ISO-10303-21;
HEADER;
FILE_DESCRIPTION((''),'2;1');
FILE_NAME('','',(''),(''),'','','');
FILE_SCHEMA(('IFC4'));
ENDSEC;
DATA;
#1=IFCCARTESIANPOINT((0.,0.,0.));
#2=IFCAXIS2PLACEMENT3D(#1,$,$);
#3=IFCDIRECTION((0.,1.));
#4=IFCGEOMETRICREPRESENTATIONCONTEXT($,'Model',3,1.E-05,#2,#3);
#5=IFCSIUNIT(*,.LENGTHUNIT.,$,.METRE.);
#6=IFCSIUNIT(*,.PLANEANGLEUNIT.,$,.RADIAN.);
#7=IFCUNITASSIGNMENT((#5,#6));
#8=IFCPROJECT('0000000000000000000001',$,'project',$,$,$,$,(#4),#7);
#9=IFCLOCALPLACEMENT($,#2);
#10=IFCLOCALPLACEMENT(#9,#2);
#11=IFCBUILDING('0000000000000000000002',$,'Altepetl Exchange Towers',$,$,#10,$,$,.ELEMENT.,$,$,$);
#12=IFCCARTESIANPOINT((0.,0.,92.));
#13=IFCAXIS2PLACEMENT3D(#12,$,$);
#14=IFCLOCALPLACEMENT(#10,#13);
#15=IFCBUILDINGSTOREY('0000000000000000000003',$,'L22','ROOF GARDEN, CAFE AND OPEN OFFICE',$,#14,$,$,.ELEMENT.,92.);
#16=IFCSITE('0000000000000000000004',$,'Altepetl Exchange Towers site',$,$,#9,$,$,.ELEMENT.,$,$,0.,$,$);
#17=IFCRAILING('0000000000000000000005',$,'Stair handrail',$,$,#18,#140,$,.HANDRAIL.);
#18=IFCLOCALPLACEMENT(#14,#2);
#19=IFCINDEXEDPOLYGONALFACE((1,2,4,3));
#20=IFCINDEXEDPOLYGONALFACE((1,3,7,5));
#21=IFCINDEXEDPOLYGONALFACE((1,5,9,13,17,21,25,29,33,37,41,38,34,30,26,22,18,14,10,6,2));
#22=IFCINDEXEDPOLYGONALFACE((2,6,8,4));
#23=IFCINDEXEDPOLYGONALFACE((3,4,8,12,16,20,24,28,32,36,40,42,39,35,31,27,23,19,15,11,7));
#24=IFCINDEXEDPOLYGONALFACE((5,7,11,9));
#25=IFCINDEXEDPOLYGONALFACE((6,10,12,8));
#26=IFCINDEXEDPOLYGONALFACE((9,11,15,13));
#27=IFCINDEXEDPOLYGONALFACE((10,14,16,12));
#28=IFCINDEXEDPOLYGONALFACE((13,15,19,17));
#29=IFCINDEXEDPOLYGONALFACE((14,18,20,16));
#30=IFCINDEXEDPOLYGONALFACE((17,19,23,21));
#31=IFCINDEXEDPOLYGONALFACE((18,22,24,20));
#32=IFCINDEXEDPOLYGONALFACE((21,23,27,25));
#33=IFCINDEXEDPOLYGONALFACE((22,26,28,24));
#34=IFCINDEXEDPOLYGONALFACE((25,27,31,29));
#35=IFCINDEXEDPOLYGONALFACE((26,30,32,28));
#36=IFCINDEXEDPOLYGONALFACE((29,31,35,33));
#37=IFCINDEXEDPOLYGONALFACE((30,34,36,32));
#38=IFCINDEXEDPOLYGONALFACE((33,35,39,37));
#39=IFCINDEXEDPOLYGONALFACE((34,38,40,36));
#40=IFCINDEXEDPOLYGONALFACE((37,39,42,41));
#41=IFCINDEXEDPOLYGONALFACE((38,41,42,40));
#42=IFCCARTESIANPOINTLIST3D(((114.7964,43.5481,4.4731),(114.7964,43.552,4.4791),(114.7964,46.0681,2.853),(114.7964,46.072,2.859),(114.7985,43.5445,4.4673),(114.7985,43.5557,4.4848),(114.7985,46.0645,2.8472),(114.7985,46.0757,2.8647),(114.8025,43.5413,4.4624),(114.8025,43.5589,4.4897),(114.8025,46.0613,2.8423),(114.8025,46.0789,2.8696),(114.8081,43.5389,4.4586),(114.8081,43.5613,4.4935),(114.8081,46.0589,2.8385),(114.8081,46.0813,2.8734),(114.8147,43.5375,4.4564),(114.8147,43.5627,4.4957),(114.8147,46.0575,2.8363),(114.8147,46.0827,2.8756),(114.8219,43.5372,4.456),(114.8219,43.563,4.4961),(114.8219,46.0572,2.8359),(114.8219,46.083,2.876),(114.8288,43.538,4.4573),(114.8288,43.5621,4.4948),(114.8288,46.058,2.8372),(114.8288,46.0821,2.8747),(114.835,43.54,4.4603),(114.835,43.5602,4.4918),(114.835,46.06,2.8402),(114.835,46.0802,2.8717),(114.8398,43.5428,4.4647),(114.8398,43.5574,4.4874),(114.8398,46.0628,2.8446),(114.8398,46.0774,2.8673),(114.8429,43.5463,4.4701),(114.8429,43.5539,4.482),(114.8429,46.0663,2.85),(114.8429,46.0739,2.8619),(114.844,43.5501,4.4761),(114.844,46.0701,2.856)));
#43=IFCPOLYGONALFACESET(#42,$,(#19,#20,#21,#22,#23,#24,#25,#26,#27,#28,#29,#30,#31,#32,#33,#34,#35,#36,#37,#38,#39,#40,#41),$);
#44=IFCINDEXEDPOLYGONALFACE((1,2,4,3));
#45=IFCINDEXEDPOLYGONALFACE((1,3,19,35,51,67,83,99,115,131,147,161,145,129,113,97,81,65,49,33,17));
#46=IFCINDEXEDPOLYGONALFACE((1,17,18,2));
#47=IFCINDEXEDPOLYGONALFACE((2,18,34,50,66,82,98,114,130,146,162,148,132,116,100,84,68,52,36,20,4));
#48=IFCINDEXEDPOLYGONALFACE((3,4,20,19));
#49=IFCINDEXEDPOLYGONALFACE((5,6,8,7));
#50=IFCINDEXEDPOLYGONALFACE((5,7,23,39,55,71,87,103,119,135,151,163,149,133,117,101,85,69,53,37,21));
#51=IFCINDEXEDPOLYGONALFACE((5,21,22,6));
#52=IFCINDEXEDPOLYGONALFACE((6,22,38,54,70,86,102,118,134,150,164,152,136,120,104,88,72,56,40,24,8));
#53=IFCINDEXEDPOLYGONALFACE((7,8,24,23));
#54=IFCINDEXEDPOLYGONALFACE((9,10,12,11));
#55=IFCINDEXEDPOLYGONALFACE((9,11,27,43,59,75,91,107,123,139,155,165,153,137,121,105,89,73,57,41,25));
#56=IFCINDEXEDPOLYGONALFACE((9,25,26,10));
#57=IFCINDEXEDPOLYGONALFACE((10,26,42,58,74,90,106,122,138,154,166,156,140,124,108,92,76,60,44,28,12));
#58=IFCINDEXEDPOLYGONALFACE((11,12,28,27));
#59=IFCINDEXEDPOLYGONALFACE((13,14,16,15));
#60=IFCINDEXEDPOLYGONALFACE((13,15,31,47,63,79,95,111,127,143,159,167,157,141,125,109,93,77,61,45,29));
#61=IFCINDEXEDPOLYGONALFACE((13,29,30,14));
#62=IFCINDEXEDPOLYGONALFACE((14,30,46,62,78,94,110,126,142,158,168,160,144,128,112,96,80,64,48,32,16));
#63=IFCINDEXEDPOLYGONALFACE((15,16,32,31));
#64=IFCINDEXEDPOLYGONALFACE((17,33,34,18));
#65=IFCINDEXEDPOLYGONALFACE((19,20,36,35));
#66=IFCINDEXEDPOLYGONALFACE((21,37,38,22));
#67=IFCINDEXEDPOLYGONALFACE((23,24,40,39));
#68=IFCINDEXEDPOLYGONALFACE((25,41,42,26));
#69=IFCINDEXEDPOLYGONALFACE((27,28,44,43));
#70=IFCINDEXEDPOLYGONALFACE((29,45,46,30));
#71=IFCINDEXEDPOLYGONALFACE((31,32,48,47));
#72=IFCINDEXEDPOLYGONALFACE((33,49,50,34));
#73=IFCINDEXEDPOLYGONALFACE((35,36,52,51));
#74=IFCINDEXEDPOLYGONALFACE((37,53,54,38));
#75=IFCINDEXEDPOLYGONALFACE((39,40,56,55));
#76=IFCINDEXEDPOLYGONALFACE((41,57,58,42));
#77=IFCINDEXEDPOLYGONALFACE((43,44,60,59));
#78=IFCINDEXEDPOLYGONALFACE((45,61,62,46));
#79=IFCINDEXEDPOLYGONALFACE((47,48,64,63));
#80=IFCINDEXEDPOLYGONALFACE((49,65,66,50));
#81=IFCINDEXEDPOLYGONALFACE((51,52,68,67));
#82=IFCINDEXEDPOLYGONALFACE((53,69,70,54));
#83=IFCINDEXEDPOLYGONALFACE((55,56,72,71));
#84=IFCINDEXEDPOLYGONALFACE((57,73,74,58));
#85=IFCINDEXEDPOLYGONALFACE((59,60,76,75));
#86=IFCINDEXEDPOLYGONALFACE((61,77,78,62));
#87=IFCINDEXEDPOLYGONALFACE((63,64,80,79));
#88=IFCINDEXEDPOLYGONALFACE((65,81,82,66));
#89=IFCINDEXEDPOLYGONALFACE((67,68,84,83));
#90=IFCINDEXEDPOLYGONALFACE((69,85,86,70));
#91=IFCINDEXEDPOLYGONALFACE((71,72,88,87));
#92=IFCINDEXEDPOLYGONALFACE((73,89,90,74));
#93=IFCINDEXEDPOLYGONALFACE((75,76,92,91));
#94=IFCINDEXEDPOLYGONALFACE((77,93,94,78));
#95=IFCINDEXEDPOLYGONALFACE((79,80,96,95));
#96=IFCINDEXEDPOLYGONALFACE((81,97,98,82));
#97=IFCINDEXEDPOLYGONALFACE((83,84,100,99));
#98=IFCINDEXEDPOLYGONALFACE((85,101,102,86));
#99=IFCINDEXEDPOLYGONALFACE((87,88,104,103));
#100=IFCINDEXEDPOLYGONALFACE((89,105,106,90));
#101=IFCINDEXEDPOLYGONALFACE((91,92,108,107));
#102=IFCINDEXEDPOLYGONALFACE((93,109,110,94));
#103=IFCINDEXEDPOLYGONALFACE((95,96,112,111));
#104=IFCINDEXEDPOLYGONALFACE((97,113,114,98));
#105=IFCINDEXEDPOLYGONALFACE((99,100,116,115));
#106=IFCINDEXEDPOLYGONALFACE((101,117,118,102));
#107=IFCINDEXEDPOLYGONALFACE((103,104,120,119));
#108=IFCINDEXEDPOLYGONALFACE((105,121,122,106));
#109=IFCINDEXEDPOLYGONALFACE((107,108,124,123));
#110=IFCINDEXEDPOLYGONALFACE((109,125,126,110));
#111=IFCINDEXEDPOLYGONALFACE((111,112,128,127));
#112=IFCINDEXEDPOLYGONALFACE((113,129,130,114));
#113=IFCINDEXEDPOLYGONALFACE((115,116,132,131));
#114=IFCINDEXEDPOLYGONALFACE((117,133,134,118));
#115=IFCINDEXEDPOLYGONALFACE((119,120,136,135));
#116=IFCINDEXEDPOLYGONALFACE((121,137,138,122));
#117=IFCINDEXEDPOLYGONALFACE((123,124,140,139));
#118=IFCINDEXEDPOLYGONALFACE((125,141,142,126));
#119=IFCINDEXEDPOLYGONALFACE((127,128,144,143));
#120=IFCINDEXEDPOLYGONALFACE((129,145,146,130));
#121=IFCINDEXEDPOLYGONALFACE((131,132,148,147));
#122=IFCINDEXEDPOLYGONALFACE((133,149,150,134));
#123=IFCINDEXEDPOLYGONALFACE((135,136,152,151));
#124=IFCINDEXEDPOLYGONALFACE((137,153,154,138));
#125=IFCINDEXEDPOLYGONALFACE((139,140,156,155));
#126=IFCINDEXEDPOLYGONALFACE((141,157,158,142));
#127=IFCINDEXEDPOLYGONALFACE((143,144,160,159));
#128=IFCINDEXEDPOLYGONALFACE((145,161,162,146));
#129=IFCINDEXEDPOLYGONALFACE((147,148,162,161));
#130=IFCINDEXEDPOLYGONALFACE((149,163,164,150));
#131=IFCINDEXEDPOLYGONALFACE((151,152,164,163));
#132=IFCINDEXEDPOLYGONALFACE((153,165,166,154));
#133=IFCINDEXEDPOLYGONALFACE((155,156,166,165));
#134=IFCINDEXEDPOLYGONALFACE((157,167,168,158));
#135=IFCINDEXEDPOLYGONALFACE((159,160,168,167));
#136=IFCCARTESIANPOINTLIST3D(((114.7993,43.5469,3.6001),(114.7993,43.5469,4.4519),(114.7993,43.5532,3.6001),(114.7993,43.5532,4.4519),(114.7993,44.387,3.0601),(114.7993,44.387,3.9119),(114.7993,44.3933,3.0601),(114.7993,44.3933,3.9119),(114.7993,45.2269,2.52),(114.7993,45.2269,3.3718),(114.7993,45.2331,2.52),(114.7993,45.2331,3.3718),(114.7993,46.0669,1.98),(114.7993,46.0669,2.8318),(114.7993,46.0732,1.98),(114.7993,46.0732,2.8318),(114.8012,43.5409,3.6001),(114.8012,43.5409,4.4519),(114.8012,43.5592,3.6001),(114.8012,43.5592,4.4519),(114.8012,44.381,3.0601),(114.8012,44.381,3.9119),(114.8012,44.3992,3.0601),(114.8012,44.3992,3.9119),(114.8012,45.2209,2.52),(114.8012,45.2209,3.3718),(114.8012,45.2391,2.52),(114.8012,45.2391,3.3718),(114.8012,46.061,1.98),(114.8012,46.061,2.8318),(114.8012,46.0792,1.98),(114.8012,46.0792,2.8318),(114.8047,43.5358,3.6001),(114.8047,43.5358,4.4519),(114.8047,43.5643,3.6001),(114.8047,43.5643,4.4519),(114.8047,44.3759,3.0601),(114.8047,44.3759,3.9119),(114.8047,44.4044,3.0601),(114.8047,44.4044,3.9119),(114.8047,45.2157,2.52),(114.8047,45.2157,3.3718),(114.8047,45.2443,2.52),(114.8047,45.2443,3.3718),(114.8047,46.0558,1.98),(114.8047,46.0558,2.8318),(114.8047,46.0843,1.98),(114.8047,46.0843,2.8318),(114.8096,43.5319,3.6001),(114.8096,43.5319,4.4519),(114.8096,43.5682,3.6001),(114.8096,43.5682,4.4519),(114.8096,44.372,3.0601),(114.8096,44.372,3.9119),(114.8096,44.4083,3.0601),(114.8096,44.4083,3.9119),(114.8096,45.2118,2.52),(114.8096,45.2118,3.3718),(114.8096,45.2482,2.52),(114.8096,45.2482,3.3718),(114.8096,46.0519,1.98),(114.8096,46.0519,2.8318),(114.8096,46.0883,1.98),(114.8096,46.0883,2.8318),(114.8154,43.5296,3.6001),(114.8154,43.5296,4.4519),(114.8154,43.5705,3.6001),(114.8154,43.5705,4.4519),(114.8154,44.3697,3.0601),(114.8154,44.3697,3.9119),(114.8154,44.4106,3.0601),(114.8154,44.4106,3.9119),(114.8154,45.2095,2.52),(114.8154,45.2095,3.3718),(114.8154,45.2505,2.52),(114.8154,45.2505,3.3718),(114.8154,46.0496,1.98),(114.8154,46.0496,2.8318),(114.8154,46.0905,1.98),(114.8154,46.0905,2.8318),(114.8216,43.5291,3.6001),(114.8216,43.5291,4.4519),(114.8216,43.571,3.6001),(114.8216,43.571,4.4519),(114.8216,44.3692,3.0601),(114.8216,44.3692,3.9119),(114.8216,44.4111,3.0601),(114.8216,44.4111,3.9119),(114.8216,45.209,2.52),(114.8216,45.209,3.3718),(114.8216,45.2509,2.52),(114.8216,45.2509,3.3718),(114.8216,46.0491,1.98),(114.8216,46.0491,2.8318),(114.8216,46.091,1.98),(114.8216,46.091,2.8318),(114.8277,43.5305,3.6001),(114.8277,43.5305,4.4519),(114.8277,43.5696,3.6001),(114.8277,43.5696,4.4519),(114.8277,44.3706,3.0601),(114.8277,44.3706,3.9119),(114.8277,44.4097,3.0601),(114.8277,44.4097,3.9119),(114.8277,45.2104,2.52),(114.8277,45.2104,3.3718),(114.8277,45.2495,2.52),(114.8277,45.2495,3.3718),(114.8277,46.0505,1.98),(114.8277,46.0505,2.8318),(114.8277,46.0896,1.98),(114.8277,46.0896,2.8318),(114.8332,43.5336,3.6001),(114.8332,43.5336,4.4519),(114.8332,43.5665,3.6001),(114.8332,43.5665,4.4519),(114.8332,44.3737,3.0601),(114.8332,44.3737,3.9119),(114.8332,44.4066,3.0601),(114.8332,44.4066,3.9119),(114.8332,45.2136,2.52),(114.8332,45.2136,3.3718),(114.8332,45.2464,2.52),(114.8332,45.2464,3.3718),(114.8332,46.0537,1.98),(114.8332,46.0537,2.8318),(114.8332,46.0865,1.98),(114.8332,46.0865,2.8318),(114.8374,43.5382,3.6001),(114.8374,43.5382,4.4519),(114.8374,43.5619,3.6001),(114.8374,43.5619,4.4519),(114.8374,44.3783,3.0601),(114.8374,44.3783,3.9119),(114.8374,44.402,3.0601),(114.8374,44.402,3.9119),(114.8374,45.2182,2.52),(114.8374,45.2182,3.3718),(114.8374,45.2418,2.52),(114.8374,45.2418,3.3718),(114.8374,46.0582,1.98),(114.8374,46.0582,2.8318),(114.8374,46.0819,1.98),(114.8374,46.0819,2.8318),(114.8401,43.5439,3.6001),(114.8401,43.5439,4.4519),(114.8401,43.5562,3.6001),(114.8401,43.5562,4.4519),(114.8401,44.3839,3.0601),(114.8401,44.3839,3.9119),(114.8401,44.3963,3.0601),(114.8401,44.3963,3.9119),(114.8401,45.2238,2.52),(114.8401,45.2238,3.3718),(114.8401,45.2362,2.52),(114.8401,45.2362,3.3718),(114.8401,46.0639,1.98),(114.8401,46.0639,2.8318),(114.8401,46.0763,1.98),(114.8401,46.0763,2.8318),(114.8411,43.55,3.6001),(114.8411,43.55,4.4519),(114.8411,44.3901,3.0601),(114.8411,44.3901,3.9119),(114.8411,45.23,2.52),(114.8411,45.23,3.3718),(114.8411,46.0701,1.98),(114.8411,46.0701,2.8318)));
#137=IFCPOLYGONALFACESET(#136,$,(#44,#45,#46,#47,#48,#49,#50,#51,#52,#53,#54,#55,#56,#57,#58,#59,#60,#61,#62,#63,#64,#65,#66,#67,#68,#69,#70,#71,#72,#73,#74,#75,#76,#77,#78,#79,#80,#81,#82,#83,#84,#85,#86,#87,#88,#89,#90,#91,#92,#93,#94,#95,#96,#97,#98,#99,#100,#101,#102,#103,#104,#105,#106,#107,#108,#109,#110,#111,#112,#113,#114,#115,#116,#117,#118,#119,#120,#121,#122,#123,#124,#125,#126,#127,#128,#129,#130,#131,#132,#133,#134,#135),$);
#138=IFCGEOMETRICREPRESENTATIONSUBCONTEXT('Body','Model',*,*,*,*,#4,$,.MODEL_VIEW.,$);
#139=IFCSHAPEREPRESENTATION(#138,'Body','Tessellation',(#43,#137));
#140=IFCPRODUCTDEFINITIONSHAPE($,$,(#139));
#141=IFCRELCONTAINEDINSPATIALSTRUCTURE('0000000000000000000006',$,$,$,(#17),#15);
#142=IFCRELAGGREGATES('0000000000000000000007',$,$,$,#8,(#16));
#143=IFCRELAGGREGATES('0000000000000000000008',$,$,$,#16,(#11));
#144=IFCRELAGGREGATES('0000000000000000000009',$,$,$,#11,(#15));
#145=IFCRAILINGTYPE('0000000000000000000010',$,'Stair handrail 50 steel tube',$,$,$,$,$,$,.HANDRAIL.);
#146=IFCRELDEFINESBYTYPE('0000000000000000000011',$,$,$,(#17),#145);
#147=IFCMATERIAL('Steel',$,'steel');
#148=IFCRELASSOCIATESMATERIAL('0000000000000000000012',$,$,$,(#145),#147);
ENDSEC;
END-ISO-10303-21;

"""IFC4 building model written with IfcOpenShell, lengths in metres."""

from ifc_helpers import new_model, si_unit, direction, frame, origin, origin_2d, place, context, subcontext, project, spatial, circle, extrude, source, transform, mapped, material, type_object, element, save


model = new_model("IFC4")

# Units and contexts
model_context = context("Model", 3, precision=1e-05, world=origin(), true_north=direction((0.0, 1.0)))
body_context = subcontext(model_context, "Body", "Model", "MODEL_VIEW")
ifc_project = project(units=[si_unit("LENGTHUNIT", "METRE"), si_unit("PLANEANGLEUNIT", "RADIAN")], contexts=[model_context])

# Site, building, storey
site_placement = place(None, origin())
site = spatial("IfcSite", under=ifc_project, at=site_placement, Name="Altepetl Exchange Towers site", CompositionType="ELEMENT", RefElevation=0.0)
building_placement = place(site_placement, origin())
building = spatial("IfcBuilding", under=site, at=building_placement, Name="Altepetl Exchange Towers", CompositionType="ELEMENT")
storey_placement = place(building_placement, frame((0.0, 0.0, 92.0)))
storey = spatial("IfcBuildingStorey", under=building, at=storey_placement, Name="L22", Description="ROOF GARDEN, CAFE AND OPEN OFFICE", CompositionType="ELEMENT", Elevation=92.0)

# Railing
ifc_material_1 = material(Name="Steel", Category="steel")
railing_type = type_object("IfcRailingType", Name="Stair handrail 50 steel tube", PredefinedType="HANDRAIL", material=ifc_material_1)
shared_shape = source(origin(), body_context, "Body", "SweptSolid", [
    extrude(circle(Radius=0.021, at=origin_2d()), origin(), (0.0, 0.0, 1.0), 0.8518),
])
railing_1_placement = place(storey_placement, frame((114.8201, 46.0701, 1.98)))
element("IfcRailing", 1, at=railing_1_placement, inside=storey, type_object=railing_type, Name="Stair handrail", PredefinedType="HANDRAIL", context=body_context, shape_type="SweptSolid", body=[
    extrude(circle(Radius=0.0239, at=origin_2d()), frame((0.0, 0.0, 0.876), z_axis=(0.0, -0.841163, 0.540782), x_axis=(1.0, 0.0, 0.0)), (0.0, 0.0, 1.0), 2.9958),
    mapped(shared_shape, transform((0.0, 0.0, 0.0))),
    mapped(shared_shape, transform((0.0, -0.8401, 0.54))),
    mapped(shared_shape, transform((0.0, -1.6799, 1.0801))),
    mapped(shared_shape, transform((0.0, -2.52, 1.6201))),
])

save(model, "model.ifc")
